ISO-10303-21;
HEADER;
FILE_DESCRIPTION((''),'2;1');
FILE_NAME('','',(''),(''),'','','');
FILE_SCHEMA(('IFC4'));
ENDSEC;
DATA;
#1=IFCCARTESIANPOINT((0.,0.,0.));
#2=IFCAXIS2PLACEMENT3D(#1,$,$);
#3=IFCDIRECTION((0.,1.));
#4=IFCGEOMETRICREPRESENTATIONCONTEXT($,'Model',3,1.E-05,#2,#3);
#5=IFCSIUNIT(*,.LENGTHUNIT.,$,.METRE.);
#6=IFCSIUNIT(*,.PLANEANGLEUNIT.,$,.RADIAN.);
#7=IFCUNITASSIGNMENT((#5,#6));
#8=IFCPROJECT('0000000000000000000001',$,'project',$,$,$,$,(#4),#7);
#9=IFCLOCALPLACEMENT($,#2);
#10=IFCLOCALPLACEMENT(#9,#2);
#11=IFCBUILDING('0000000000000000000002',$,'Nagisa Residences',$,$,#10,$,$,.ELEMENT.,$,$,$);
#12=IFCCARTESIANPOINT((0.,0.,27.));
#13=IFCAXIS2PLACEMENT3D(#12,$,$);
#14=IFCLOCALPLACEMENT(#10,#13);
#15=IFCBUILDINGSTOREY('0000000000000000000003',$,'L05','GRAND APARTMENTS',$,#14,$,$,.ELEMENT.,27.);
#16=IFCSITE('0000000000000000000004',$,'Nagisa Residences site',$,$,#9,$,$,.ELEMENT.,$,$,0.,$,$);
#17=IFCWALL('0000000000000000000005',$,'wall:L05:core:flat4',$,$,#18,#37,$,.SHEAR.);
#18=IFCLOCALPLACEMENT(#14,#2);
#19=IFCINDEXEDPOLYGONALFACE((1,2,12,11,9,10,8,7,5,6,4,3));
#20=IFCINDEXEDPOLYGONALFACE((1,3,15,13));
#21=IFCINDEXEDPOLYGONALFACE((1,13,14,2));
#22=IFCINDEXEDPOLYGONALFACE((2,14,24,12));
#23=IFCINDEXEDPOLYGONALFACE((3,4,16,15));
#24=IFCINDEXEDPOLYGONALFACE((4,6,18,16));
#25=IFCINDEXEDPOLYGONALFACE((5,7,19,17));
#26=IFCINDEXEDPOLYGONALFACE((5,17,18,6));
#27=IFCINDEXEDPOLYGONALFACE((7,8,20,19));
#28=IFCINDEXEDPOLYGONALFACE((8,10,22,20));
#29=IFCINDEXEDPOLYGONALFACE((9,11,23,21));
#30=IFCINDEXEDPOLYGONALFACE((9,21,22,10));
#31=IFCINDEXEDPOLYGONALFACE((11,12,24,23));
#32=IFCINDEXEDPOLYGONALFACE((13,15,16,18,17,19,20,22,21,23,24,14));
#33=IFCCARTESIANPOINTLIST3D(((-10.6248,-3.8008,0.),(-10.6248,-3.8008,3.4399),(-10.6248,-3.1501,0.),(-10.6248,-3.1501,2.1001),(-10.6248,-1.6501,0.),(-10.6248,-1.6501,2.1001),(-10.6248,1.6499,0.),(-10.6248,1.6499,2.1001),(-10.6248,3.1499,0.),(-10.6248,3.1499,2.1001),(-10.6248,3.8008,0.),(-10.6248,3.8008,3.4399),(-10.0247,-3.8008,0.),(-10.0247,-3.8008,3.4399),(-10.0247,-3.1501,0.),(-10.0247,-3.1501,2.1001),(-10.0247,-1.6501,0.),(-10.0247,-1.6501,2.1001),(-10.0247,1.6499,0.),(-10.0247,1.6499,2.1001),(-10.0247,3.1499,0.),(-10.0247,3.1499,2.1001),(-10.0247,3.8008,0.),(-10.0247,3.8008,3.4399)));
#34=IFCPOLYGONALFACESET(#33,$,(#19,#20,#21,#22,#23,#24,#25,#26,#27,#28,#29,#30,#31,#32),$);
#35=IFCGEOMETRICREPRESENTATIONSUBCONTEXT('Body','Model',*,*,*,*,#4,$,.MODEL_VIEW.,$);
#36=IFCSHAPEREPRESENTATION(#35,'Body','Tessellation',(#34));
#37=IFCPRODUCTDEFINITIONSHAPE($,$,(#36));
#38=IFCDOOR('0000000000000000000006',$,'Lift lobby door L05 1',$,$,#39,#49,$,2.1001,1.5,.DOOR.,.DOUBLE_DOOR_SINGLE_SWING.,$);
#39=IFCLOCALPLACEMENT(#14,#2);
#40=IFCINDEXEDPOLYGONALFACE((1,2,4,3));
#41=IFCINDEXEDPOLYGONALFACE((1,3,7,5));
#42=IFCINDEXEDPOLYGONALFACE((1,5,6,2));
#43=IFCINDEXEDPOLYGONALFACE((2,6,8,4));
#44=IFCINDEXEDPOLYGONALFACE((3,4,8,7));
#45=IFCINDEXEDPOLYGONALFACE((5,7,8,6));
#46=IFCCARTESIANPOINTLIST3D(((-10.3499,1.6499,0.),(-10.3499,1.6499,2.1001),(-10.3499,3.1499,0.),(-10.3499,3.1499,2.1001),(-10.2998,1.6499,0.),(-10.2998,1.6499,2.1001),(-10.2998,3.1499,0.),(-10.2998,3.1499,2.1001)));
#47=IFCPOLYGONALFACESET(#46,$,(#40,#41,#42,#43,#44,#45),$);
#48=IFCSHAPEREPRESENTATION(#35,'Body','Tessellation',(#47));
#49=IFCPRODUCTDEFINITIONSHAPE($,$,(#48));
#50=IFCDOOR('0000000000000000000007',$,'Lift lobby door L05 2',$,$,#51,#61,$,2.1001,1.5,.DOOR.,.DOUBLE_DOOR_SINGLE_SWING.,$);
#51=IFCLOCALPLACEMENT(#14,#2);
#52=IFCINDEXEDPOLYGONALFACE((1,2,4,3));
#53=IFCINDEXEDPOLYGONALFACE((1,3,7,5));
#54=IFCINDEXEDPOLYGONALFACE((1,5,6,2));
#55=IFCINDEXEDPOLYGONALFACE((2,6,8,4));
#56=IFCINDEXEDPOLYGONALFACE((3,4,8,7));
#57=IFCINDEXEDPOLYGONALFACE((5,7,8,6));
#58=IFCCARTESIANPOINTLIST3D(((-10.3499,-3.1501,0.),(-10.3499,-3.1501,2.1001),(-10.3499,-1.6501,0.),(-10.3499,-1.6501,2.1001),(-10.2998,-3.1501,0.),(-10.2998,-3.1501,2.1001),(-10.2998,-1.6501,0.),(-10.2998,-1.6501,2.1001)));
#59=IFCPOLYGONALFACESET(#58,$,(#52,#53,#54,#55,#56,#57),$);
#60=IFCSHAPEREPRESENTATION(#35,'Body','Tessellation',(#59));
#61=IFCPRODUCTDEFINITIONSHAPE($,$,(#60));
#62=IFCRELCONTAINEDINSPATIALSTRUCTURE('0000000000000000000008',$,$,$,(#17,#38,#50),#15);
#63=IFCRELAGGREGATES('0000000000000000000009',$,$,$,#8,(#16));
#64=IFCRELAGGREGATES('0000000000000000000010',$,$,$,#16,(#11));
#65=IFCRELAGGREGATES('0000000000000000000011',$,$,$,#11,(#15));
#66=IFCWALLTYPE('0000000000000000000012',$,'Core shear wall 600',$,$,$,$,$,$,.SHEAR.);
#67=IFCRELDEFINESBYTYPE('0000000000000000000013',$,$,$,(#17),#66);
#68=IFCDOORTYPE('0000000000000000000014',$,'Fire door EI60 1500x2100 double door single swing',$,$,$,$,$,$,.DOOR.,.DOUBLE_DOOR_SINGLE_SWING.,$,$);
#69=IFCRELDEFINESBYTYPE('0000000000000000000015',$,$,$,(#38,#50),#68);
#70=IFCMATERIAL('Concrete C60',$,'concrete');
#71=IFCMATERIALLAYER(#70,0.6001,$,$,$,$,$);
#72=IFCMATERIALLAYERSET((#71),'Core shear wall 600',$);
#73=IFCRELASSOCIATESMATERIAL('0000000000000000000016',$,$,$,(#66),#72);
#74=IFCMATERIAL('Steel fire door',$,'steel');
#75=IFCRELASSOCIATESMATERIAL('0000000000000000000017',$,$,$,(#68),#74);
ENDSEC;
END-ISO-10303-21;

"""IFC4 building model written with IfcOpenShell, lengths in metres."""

from ifc_helpers import new_model, si_unit, direction, frame, frame_2d, origin, place, context, subcontext, project, spatial, rectangle, extrude, material, layer, layer_set, type_object, element, fill, save


model = new_model("IFC4")

# Units and contexts
model_context = context("Model", 3, precision=1e-05, world=origin(), true_north=direction((0.0, 1.0)))
body_context = subcontext(model_context, "Body", "Model", "MODEL_VIEW")
ifc_project = project(units=[si_unit("LENGTHUNIT", "METRE"), si_unit("PLANEANGLEUNIT", "RADIAN")], contexts=[model_context])

# Site, building, storey
site_placement = place(None, origin())
site = spatial("IfcSite", under=ifc_project, at=site_placement, Name="Nagisa Residences site", CompositionType="ELEMENT", RefElevation=0.0)
building_placement = place(site_placement, origin())
building = spatial("IfcBuilding", under=site, at=building_placement, Name="Nagisa Residences", CompositionType="ELEMENT")
storey_placement = place(building_placement, frame((0.0, 0.0, 27.0)))
storey = spatial("IfcBuildingStorey", under=building, at=storey_placement, Name="L05", Description="GRAND APARTMENTS", CompositionType="ELEMENT", Elevation=27.0)

# Wall, openings, doors
ifc_material_1 = material(Name="Concrete C60", Category="concrete")
ifc_layer_1 = layer(ifc_material_1, 0.6001)
ifc_layer_set_1 = layer_set([ifc_layer_1], Name="Core shear wall 600")
wall_type_1 = type_object("IfcWallType", Name="Core shear wall 600", PredefinedType="SHEAR", material=ifc_layer_set_1)
wall_1_placement = place(storey_placement, frame((-10.3247, 3.8008, 0.0), z_axis=(0.0, 0.0, 1.0), x_axis=(0.0, -1.0, 0.0)))
wall_1 = element("IfcWall", 1, at=wall_1_placement, inside=storey, type_object=wall_type_1, Name="wall:L05:core:flat4", PredefinedType="SHEAR", context=body_context, shape_type="SweptSolid", body=[
    extrude(rectangle(XDim=7.6016, YDim=0.6001, at=frame_2d((3.8008, 0.0))), origin(), (0.0, 0.0, 1.0), 3.4399),
])
opening_1_placement = place(wall_1_placement, frame((0.6509, 0.0, 0.0)))
opening_1 = element("IfcOpeningElement", 2, at=opening_1_placement, cuts=wall_1, PredefinedType="OPENING", context=body_context, shape_type="SweptSolid", body=[
    extrude(rectangle(XDim=1.5, YDim=2.1001, at=frame_2d((0.75, 1.05))), frame((0.0, 0.3101, 0.0), z_axis=(0.0, -1.0, 0.0), x_axis=(1.0, 0.0, 0.0)), (0.0, 0.0, 1.0), 0.6201),
])
opening_2_placement = place(wall_1_placement, frame((5.4509, 0.0, 0.0)))
opening_2 = element("IfcOpeningElement", 3, at=opening_2_placement, cuts=wall_1, PredefinedType="OPENING", context=body_context, shape_type="SweptSolid", body=[
    extrude(rectangle(XDim=1.5, YDim=2.1001, at=frame_2d((0.75, 1.05))), frame((0.0, 0.3101, 0.0), z_axis=(0.0, -1.0, 0.0), x_axis=(1.0, 0.0, 0.0)), (0.0, 0.0, 1.0), 0.6201),
])
ifc_material_2 = material(Name="Steel fire door", Category="steel")
door_type_1 = type_object("IfcDoorType", Name="Fire door EI60 1500x2100 double door single swing", OperationType="DOUBLE_DOOR_SINGLE_SWING", PredefinedType="DOOR", material=ifc_material_2)
door_1_placement = place(opening_1_placement, origin())
door_1 = element("IfcDoor", 4, at=door_1_placement, inside=storey, type_object=door_type_1, Name="Lift lobby door L05 1", OperationType="DOUBLE_DOOR_SINGLE_SWING", OverallHeight=2.1001, OverallWidth=1.5, PredefinedType="DOOR", context=body_context, shape_type="SweptSolid", body=[
    extrude(rectangle(XDim=1.5, YDim=2.1001, at=frame_2d((0.75, 1.05))), frame((0.0, 0.0249, 0.0), z_axis=(0.0, -1.0, 0.0), x_axis=(1.0, 0.0, 0.0)), (0.0, 0.0, 1.0), 0.05),
])
fill(opening_1, door_1)
door_2_placement = place(opening_2_placement, origin())
door_2 = element("IfcDoor", 5, at=door_2_placement, inside=storey, type_object=door_type_1, Name="Lift lobby door L05 2", OperationType="DOUBLE_DOOR_SINGLE_SWING", OverallHeight=2.1001, OverallWidth=1.5, PredefinedType="DOOR", context=body_context, shape_type="SweptSolid", body=[
    extrude(rectangle(XDim=1.5, YDim=2.1001, at=frame_2d((0.75, 1.05))), frame((0.0, 0.0249, 0.0), z_axis=(0.0, -1.0, 0.0), x_axis=(1.0, 0.0, 0.0)), (0.0, 0.0, 1.0), 0.05),
])
fill(opening_2, door_2)

save(model, "model.ifc")
